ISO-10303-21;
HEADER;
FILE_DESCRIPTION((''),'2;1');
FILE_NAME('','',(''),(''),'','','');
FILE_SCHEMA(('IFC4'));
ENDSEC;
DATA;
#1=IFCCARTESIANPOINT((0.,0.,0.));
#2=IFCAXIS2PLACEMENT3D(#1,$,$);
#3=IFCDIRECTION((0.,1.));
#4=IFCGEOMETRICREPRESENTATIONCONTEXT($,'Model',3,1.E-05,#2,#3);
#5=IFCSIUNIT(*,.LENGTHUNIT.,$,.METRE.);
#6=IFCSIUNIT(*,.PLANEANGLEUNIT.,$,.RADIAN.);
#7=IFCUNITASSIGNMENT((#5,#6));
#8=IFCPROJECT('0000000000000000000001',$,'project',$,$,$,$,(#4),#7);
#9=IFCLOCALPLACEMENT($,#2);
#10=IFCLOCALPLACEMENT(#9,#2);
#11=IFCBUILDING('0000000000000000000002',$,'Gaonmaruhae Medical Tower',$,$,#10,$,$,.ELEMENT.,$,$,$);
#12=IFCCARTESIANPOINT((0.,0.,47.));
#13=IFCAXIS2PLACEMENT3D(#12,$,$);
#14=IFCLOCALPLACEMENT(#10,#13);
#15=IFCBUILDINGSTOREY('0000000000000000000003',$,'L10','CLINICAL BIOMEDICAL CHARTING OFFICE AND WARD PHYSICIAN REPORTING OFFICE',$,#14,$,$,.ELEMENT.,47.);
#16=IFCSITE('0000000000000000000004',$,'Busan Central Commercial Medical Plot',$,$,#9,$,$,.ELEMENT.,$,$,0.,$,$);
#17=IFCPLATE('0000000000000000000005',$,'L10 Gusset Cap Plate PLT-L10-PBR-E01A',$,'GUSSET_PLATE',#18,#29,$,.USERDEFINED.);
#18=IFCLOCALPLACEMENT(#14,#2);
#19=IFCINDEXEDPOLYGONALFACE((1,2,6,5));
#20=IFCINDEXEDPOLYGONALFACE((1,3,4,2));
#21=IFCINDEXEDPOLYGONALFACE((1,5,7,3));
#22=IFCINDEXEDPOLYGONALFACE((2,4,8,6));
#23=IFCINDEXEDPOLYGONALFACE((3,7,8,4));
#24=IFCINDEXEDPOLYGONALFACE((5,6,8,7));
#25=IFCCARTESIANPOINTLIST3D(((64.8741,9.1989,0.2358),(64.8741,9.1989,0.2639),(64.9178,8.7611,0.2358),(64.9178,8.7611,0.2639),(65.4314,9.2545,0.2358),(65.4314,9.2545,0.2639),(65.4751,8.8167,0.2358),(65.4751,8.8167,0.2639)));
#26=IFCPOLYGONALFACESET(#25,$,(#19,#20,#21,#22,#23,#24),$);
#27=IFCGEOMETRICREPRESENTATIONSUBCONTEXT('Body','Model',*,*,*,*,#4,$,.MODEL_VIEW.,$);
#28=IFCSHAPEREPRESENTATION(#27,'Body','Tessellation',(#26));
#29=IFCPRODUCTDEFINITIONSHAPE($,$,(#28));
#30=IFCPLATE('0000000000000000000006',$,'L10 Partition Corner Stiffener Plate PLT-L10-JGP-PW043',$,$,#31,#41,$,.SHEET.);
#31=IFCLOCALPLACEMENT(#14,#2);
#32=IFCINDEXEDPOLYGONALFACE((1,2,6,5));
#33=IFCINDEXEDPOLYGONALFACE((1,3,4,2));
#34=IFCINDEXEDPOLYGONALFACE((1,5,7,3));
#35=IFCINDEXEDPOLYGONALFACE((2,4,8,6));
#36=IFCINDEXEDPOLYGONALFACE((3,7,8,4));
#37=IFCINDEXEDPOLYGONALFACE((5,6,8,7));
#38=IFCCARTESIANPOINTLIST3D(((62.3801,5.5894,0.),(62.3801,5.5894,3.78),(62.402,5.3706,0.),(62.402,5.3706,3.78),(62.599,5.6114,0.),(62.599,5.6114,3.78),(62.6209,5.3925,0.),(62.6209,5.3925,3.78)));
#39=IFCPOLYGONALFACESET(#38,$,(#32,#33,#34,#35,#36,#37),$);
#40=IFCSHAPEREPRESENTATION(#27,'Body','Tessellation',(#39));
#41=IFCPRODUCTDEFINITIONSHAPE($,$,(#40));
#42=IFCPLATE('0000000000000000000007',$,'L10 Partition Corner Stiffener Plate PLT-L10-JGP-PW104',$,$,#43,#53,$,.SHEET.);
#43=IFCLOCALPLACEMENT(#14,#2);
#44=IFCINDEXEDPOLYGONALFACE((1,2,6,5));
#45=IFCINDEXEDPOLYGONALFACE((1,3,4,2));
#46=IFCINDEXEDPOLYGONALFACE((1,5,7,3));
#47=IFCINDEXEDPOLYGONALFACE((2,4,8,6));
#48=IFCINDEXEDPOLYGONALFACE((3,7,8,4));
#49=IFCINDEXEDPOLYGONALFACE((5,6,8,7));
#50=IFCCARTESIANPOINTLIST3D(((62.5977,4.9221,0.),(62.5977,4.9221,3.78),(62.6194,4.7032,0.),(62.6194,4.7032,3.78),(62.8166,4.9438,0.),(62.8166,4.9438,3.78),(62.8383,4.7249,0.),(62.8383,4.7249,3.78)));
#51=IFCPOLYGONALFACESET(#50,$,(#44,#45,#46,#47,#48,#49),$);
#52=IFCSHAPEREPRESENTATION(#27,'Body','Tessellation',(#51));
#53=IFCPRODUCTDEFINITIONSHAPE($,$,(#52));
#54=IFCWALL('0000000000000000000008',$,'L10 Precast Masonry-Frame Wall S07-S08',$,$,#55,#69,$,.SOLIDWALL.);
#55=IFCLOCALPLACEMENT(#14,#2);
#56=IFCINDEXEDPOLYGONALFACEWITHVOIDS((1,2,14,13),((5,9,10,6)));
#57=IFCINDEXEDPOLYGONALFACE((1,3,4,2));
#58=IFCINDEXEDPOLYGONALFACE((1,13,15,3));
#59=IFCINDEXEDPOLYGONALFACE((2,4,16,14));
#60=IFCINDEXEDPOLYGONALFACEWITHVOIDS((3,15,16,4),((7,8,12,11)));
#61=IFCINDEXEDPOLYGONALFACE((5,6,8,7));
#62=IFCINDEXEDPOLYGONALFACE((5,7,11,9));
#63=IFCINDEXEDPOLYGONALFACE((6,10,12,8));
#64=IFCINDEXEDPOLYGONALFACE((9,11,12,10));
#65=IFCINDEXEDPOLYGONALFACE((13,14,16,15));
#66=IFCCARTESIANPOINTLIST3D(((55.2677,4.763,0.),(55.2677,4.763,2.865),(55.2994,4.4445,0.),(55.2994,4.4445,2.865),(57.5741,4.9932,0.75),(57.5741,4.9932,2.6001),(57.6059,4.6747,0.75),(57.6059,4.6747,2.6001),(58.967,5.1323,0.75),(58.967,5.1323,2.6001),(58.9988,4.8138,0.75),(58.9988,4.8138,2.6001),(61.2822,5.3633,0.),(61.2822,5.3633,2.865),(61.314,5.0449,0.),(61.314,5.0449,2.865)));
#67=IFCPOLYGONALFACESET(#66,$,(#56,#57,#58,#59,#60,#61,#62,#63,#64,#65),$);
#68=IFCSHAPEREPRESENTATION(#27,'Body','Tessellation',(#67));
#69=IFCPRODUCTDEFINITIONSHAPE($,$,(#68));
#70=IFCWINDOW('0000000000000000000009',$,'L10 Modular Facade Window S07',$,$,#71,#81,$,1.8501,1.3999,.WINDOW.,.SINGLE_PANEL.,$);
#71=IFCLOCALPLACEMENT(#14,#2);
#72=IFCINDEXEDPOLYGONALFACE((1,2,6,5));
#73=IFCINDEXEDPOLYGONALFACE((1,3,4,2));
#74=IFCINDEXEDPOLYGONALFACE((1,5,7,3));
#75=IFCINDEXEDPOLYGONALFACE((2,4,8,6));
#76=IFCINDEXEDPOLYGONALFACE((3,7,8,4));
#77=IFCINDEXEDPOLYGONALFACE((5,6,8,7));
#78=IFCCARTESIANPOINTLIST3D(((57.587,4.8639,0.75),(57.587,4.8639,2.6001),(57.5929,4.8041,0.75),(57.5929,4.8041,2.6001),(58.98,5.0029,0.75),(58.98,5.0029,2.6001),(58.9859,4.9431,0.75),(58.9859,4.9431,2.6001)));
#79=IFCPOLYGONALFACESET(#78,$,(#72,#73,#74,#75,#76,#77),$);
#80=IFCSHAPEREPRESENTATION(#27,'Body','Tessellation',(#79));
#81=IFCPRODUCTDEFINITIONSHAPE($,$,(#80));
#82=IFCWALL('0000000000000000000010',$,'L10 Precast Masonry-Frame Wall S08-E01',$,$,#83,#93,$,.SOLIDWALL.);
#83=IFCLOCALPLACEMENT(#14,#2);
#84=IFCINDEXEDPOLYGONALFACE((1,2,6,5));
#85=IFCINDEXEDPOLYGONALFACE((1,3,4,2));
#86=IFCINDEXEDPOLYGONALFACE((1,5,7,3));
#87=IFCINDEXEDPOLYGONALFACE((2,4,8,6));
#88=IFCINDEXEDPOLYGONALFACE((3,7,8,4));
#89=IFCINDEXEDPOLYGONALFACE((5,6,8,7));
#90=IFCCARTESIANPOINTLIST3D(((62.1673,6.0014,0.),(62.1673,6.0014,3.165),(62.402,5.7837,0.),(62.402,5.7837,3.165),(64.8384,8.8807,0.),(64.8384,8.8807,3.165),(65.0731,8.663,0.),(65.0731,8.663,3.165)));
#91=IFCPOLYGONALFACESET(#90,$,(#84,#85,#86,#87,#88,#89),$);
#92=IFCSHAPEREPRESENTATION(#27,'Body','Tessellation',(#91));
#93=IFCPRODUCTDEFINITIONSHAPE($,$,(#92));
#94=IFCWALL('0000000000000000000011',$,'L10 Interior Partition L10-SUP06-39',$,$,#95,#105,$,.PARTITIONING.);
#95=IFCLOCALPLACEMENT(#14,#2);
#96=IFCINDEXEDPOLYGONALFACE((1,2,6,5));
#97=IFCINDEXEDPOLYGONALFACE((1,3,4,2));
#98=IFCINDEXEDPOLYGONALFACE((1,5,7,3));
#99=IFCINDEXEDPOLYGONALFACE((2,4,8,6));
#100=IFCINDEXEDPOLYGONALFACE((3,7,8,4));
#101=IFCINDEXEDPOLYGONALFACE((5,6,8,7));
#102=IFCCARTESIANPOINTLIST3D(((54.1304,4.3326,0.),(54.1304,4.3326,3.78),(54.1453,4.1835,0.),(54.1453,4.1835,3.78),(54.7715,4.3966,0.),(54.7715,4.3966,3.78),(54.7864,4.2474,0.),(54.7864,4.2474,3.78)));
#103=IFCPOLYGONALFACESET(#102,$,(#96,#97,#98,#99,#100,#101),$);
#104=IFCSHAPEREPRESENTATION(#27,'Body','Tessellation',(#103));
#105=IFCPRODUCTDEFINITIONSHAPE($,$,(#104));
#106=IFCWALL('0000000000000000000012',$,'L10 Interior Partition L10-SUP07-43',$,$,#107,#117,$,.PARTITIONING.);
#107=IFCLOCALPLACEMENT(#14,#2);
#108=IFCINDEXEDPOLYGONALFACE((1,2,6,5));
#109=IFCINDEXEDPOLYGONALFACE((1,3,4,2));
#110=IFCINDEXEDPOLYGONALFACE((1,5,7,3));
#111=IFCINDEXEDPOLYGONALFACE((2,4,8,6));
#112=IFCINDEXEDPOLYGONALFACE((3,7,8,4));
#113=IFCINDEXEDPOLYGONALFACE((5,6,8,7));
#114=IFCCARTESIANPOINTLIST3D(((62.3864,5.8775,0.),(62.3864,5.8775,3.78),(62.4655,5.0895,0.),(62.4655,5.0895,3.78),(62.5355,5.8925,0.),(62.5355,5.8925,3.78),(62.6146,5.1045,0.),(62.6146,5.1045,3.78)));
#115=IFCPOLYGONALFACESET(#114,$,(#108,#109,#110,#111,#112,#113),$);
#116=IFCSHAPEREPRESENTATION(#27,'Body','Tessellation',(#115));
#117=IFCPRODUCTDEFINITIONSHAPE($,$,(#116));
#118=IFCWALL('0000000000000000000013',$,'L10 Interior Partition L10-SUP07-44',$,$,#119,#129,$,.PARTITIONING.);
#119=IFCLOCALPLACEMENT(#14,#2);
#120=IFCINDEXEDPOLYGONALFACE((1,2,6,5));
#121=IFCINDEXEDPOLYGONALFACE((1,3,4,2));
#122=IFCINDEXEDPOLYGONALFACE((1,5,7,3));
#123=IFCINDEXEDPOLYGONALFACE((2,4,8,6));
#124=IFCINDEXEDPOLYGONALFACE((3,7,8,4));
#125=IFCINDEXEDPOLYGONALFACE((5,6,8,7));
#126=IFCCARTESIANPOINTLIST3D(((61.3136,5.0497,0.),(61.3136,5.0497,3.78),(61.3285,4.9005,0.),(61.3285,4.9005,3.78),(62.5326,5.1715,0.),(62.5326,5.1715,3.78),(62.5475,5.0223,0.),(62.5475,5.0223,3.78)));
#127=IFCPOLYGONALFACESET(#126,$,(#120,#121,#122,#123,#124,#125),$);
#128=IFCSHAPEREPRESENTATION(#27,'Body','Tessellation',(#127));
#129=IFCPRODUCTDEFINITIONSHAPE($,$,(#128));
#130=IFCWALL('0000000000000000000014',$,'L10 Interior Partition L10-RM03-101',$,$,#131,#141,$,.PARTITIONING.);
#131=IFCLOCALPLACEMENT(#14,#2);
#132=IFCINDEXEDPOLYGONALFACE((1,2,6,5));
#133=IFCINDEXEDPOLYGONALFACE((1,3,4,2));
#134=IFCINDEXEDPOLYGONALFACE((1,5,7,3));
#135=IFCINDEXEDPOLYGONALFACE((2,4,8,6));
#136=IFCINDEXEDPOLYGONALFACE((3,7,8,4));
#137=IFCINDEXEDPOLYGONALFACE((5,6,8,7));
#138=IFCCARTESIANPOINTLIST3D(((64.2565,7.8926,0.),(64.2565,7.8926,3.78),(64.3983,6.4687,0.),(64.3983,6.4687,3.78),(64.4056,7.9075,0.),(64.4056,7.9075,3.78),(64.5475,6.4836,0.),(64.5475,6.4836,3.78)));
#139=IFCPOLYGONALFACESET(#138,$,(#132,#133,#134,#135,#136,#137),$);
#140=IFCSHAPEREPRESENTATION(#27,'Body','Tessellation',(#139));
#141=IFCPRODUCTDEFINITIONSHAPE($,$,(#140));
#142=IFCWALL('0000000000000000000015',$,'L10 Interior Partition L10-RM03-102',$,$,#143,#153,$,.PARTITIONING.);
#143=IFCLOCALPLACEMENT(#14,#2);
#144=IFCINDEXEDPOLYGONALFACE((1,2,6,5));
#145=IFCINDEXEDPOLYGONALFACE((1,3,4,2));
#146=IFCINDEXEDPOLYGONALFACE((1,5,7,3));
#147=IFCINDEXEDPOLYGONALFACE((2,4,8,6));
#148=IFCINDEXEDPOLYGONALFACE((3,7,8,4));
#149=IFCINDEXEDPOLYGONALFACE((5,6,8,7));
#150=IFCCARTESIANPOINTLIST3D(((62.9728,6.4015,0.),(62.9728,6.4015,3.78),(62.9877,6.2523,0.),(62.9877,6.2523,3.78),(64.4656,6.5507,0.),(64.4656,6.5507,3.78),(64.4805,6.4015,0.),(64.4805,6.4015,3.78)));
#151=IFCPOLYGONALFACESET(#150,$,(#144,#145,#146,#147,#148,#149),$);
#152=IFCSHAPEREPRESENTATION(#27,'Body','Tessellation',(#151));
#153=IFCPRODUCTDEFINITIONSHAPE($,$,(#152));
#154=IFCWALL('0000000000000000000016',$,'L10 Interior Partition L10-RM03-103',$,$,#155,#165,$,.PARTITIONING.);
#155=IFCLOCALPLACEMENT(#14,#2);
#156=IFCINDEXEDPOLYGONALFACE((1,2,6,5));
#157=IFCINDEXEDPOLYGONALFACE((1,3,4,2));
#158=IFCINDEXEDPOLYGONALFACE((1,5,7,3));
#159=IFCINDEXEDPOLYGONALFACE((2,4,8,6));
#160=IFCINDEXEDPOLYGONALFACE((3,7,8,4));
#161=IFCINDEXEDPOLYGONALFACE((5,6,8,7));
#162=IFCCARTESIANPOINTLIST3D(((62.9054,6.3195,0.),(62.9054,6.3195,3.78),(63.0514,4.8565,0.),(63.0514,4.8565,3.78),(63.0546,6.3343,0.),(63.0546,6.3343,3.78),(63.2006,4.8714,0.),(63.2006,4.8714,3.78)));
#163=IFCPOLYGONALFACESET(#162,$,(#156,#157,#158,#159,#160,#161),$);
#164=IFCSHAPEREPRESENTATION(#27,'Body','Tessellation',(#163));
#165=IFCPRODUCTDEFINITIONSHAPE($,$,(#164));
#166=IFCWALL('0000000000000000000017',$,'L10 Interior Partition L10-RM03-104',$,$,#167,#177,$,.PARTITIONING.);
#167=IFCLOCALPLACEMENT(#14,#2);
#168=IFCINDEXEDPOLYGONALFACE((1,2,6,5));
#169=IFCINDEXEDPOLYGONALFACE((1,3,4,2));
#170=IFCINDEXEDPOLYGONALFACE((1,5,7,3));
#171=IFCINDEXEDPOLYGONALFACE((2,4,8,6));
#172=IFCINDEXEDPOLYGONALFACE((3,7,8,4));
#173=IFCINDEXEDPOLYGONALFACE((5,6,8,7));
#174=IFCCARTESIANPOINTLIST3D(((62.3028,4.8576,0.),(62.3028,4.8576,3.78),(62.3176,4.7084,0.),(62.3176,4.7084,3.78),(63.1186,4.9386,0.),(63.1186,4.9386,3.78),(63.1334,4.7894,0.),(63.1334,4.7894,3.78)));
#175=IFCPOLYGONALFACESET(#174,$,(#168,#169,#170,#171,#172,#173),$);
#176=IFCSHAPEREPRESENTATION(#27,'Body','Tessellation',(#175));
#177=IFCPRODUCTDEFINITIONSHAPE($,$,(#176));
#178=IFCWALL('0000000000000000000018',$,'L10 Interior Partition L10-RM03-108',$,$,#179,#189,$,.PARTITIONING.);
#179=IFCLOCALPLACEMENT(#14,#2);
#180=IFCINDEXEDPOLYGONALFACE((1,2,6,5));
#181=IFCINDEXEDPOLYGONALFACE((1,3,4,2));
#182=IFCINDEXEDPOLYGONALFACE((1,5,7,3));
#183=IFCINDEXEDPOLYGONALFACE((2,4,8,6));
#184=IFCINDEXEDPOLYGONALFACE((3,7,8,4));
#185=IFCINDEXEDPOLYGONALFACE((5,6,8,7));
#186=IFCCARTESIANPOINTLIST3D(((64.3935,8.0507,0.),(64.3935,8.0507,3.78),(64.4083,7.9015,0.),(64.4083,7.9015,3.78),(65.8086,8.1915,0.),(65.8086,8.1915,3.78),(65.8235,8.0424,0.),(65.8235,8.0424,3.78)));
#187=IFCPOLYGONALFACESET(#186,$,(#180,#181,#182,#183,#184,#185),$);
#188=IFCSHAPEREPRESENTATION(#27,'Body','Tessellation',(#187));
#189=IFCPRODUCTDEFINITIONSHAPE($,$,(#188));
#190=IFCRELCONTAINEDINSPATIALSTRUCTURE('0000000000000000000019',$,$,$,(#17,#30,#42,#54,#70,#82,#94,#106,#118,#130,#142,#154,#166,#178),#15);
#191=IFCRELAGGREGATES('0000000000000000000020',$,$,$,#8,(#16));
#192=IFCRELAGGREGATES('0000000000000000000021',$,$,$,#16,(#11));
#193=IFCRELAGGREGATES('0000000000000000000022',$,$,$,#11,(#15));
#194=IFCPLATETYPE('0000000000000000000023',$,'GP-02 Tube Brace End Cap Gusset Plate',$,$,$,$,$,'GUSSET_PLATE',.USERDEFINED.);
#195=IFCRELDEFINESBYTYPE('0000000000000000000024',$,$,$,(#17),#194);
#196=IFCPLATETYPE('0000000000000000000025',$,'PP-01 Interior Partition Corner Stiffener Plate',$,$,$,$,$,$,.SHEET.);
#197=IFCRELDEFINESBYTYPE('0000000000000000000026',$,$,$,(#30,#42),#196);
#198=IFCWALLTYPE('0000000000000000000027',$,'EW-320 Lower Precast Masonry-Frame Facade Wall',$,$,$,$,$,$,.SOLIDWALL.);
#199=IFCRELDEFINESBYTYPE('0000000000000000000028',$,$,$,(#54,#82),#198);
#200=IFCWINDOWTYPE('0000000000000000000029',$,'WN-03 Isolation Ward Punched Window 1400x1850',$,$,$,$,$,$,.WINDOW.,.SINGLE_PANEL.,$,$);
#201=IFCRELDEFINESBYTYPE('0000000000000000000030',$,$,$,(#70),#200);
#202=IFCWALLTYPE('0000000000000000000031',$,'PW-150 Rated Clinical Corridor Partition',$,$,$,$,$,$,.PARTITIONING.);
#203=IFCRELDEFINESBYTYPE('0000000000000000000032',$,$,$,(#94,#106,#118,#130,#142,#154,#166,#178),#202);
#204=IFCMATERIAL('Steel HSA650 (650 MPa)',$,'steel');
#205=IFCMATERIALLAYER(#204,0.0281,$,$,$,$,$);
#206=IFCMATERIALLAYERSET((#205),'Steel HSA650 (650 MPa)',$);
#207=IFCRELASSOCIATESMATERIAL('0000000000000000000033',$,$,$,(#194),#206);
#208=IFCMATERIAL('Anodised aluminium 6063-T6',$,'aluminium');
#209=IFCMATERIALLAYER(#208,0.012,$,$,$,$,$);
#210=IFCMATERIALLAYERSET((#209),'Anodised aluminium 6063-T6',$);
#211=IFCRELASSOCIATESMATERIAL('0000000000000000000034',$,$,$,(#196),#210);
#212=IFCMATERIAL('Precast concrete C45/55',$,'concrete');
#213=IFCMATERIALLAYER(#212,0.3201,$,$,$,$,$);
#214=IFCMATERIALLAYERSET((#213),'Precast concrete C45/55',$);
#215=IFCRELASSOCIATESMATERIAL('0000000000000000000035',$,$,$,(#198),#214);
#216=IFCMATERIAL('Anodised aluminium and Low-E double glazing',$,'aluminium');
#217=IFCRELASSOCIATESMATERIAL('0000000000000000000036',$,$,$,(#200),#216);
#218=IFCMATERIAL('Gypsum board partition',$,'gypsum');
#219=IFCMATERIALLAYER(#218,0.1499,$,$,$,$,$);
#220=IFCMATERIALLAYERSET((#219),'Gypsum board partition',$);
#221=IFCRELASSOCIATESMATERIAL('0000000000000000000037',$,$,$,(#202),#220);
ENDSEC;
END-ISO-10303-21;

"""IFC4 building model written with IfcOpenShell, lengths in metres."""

from ifc_helpers import new_model, si_unit, direction, frame, frame_2d, origin, origin_2d, place, context, subcontext, project, spatial, rectangle, extrude, material, layer, layer_set, type_object, element, fill, save


model = new_model("IFC4")

# Units and contexts
model_context = context("Model", 3, precision=1e-05, world=origin(), true_north=direction((0.0, 1.0)))
body_context = subcontext(model_context, "Body", "Model", "MODEL_VIEW")
ifc_project = project(units=[si_unit("LENGTHUNIT", "METRE"), si_unit("PLANEANGLEUNIT", "RADIAN")], contexts=[model_context])

# Site, building, storey
site_placement = place(None, origin())
site = spatial("IfcSite", under=ifc_project, at=site_placement, Name="Busan Central Commercial Medical Plot", CompositionType="ELEMENT", RefElevation=0.0)
building_placement = place(site_placement, origin())
building = spatial("IfcBuilding", under=site, at=building_placement, Name="Gaonmaruhae Medical Tower", CompositionType="ELEMENT")
storey_placement = place(building_placement, frame((0.0, 0.0, 47.0)))
storey = spatial("IfcBuildingStorey", under=building, at=storey_placement, Name="L10", Description="CLINICAL BIOMEDICAL CHARTING OFFICE AND WARD PHYSICIAN REPORTING OFFICE", CompositionType="ELEMENT", Elevation=47.0)

# Plates
ifc_material_1 = material(Name="Steel HSA650 (650 MPa)", Category="steel")
ifc_layer_1 = layer(ifc_material_1, 0.0281)
ifc_layer_set_1 = layer_set([ifc_layer_1], Name="Steel HSA650 (650 MPa)")
plate_type_1 = type_object("IfcPlateType", Name="GP-02 Tube Brace End Cap Gusset Plate", ElementType="GUSSET_PLATE", PredefinedType="USERDEFINED", material=ifc_layer_set_1)
plate_placement = place(storey_placement, frame((65.1746, 9.0078, 0.2358), z_axis=(0.0, 0.0, 1.0), x_axis=(0.995056, 0.09932, 0.0)))
element("IfcPlate", 1, at=plate_placement, inside=storey, type_object=plate_type_1, Name="L10 Gusset Cap Plate PLT-L10-PBR-E01A", ObjectType="GUSSET_PLATE", PredefinedType="USERDEFINED", context=body_context, shape_type="SweptSolid", body=[
    extrude(rectangle(XDim=0.5601, YDim=0.4399, at=origin_2d()), origin(), (0.0, 0.0, 1.0), 0.0281),
])
ifc_material_2 = material(Name="Anodised aluminium 6063-T6", Category="aluminium")
ifc_layer_2 = layer(ifc_material_2, 0.012)
ifc_layer_set_2 = layer_set([ifc_layer_2], Name="Anodised aluminium 6063-T6")
plate_type_2 = type_object("IfcPlateType", Name="PP-01 Interior Partition Corner Stiffener Plate", PredefinedType="SHEET", material=ifc_layer_set_2)
for number, where, z_axis, x_axis, name in (
    (2, (62.5005, 5.491, 0.0), (0.0, 0.0, 1.0), (0.099754, -0.995012, 0.0), "L10 Partition Corner Stiffener Plate PLT-L10-JGP-PW043"),
    (3, (62.718, 4.8235, 0.0), (0.0, 0.0, 1.0), (-0.995109, -0.098781, 0.0), "L10 Partition Corner Stiffener Plate PLT-L10-JGP-PW104"),
):
    element("IfcPlate", number, at=place(storey_placement, frame(where, z_axis=z_axis, x_axis=x_axis)), inside=storey, type_object=plate_type_2, Name=name, PredefinedType="SHEET", context=body_context, shape_type="SweptSolid", body=[
        extrude(rectangle(XDim=0.22, YDim=0.22, at=origin_2d()), origin(), (0.0, 0.0, 1.0), 3.78),
    ])

# Wall, opening, window
ifc_material_3 = material(Name="Precast concrete C45/55", Category="concrete")
ifc_layer_3 = layer(ifc_material_3, 0.3201)
ifc_layer_set_3 = layer_set([ifc_layer_3], Name="Precast concrete C45/55")
wall_type_1 = type_object("IfcWallType", Name="EW-320 Lower Precast Masonry-Frame Facade Wall", PredefinedType="SOLIDWALL", material=ifc_layer_set_3)
wall_1_placement = place(storey_placement, frame((61.2981, 5.2041, 0.0), z_axis=(0.0, 0.0, 1.0), x_axis=(-0.995056, -0.09932, 0.0)))
wall_1 = element("IfcWall", 4, at=wall_1_placement, inside=storey, type_object=wall_type_1, Name="L10 Precast Masonry-Frame Wall S07-S08", PredefinedType="SOLIDWALL", context=body_context, shape_type="SweptSolid", body=[
    extrude(rectangle(XDim=6.0444, YDim=0.3201, at=frame_2d((3.0222, 0.0))), origin(), (0.0, 0.0, 1.0), 2.865),
])
opening_placement = place(wall_1_placement, frame((2.3267, 0.0, 0.75)))
opening = element("IfcOpeningElement", 5, at=opening_placement, cuts=wall_1, PredefinedType="OPENING", context=body_context, shape_type="SweptSolid", body=[
    extrude(rectangle(XDim=1.3999, YDim=1.8501, at=frame_2d((0.7, 0.925))), frame((0.0, 0.1699, 0.0), z_axis=(0.0, -1.0, 0.0), x_axis=(1.0, 0.0, 0.0)), (0.0, 0.0, 1.0), 0.3401),
])
ifc_material_4 = material(Name="Anodised aluminium and Low-E double glazing", Category="aluminium")
window_type = type_object("IfcWindowType", Name="WN-03 Isolation Ward Punched Window 1400x1850", PartitioningType="SINGLE_PANEL", PredefinedType="WINDOW", material=ifc_material_4)
window_placement = place(opening_placement, origin())
window = element("IfcWindow", 6, at=window_placement, inside=storey, type_object=window_type, Name="L10 Modular Facade Window S07", OverallHeight=1.8501, OverallWidth=1.3999, PartitioningType="SINGLE_PANEL", PredefinedType="WINDOW", context=body_context, shape_type="SweptSolid", body=[
    extrude(rectangle(XDim=1.3999, YDim=1.8501, at=frame_2d((0.7, 0.925))), frame((0.0, 0.03, 0.0), z_axis=(0.0, -1.0, 0.0), x_axis=(1.0, 0.0, 0.0)), (0.0, 0.0, 1.0), 0.0601),
])
fill(opening, window)

# Walls
wall_2_placement = place(storey_placement, frame((64.9558, 8.772, 0.0), z_axis=(0.0, 0.0, 1.0), x_axis=(-0.680098, -0.733121, 0.0)))
element("IfcWall", 7, at=wall_2_placement, inside=storey, type_object=wall_type_1, Name="L10 Precast Masonry-Frame Wall S08-E01", PredefinedType="SOLIDWALL", context=body_context, shape_type="SweptSolid", body=[
    extrude(rectangle(XDim=3.9275, YDim=0.3201, at=frame_2d((1.9639, 0.0))), origin(), (0.0, 0.0, 1.0), 3.165),
])
ifc_material_5 = material(Name="Gypsum board partition", Category="gypsum")
ifc_layer_4 = layer(ifc_material_5, 0.1499)
ifc_layer_set_4 = layer_set([ifc_layer_4], Name="Gypsum board partition")
wall_type_2 = type_object("IfcWallType", Name="PW-150 Rated Clinical Corridor Partition", PredefinedType="PARTITIONING", material=ifc_layer_set_4)
wall_3_placement = place(storey_placement, frame((54.7791, 4.322, 0.0), z_axis=(0.0, 0.0, 1.0), x_axis=(-0.99506, -0.099279, 0.0)))
element("IfcWall", 8, at=wall_3_placement, inside=storey, type_object=wall_type_2, Name="L10 Interior Partition L10-SUP06-39", PredefinedType="PARTITIONING", context=body_context, shape_type="SweptSolid", body=[
    extrude(rectangle(XDim=0.6443, YDim=0.1499, at=frame_2d((0.3223, 0.0))), origin(), (0.0, 0.0, 1.0), 3.78),
])
wall_4_placement = place(storey_placement, frame((62.4609, 5.885, 0.0), z_axis=(0.0, 0.0, 1.0), x_axis=(0.09987, -0.995001, 0.0)))
element("IfcWall", 9, at=wall_4_placement, inside=storey, type_object=wall_type_2, Name="L10 Interior Partition L10-SUP07-43", PredefinedType="PARTITIONING", context=body_context, shape_type="SweptSolid", body=[
    extrude(rectangle(XDim=0.792, YDim=0.1499, at=frame_2d((0.396, 0.0))), origin(), (0.0, 0.0, 1.0), 3.78),
])
wall_5_placement = place(storey_placement, frame((62.54, 5.0969, 0.0), z_axis=(0.0, 0.0, 1.0), x_axis=(-0.995043, -0.099445, 0.0)))
element("IfcWall", 10, at=wall_5_placement, inside=storey, type_object=wall_type_2, Name="L10 Interior Partition L10-SUP07-44", PredefinedType="PARTITIONING", context=body_context, shape_type="SweptSolid", body=[
    extrude(rectangle(XDim=1.2251, YDim=0.1499, at=frame_2d((0.6125, 0.0))), origin(), (0.0, 0.0, 1.0), 3.78),
])
wall_6_placement = place(storey_placement, frame((64.3311, 7.8999, 0.0), z_axis=(0.0, 0.0, 1.0), x_axis=(0.099132, -0.995074, 0.0)))
element("IfcWall", 11, at=wall_6_placement, inside=storey, type_object=wall_type_2, Name="L10 Interior Partition L10-RM03-101", PredefinedType="PARTITIONING", context=body_context, shape_type="SweptSolid", body=[
    extrude(rectangle(XDim=1.4309, YDim=0.1499, at=frame_2d((0.7153, 0.0))), origin(), (0.0, 0.0, 1.0), 3.78),
])
wall_7_placement = place(storey_placement, frame((64.4729, 6.4761, 0.0), z_axis=(0.0, 0.0, 1.0), x_axis=(-0.995045, -0.099423, 0.0)))
element("IfcWall", 12, at=wall_7_placement, inside=storey, type_object=wall_type_2, Name="L10 Interior Partition L10-RM03-102", PredefinedType="PARTITIONING", context=body_context, shape_type="SweptSolid", body=[
    extrude(rectangle(XDim=1.5002, YDim=0.1499, at=frame_2d((0.75, 0.0))), origin(), (0.0, 0.0, 1.0), 3.78),
])
wall_8_placement = place(storey_placement, frame((62.98, 6.3269, 0.0), z_axis=(0.0, 0.0, 1.0), x_axis=(0.099306, -0.995057, 0.0)))
element("IfcWall", 13, at=wall_8_placement, inside=storey, type_object=wall_type_2, Name="L10 Interior Partition L10-RM03-103", PredefinedType="PARTITIONING", context=body_context, shape_type="SweptSolid", body=[
    extrude(rectangle(XDim=1.4702, YDim=0.1499, at=frame_2d((0.7351, 0.0))), origin(), (0.0, 0.0, 1.0), 3.78),
])
wall_9_placement = place(storey_placement, frame((63.126, 4.864, 0.0), z_axis=(0.0, 0.0, 1.0), x_axis=(-0.995102, -0.098855, 0.0)))
element("IfcWall", 14, at=wall_9_placement, inside=storey, type_object=wall_type_2, Name="L10 Interior Partition L10-RM03-104", PredefinedType="PARTITIONING", context=body_context, shape_type="SweptSolid", body=[
    extrude(rectangle(XDim=0.8198, YDim=0.1499, at=frame_2d((0.4099, 0.0))), origin(), (0.0, 0.0, 1.0), 3.78),
])
wall_10_placement = place(storey_placement, frame((65.8159, 8.1169, 0.0), z_axis=(0.0, 0.0, 1.0), x_axis=(-0.995081, -0.099062, 0.0)))
element("IfcWall", 15, at=wall_10_placement, inside=storey, type_object=wall_type_2, Name="L10 Interior Partition L10-RM03-108", PredefinedType="PARTITIONING", context=body_context, shape_type="SweptSolid", body=[
    extrude(rectangle(XDim=1.4221, YDim=0.1499, at=frame_2d((0.7109, 0.0))), origin(), (0.0, 0.0, 1.0), 3.78),
])

save(model, "model.ifc")
